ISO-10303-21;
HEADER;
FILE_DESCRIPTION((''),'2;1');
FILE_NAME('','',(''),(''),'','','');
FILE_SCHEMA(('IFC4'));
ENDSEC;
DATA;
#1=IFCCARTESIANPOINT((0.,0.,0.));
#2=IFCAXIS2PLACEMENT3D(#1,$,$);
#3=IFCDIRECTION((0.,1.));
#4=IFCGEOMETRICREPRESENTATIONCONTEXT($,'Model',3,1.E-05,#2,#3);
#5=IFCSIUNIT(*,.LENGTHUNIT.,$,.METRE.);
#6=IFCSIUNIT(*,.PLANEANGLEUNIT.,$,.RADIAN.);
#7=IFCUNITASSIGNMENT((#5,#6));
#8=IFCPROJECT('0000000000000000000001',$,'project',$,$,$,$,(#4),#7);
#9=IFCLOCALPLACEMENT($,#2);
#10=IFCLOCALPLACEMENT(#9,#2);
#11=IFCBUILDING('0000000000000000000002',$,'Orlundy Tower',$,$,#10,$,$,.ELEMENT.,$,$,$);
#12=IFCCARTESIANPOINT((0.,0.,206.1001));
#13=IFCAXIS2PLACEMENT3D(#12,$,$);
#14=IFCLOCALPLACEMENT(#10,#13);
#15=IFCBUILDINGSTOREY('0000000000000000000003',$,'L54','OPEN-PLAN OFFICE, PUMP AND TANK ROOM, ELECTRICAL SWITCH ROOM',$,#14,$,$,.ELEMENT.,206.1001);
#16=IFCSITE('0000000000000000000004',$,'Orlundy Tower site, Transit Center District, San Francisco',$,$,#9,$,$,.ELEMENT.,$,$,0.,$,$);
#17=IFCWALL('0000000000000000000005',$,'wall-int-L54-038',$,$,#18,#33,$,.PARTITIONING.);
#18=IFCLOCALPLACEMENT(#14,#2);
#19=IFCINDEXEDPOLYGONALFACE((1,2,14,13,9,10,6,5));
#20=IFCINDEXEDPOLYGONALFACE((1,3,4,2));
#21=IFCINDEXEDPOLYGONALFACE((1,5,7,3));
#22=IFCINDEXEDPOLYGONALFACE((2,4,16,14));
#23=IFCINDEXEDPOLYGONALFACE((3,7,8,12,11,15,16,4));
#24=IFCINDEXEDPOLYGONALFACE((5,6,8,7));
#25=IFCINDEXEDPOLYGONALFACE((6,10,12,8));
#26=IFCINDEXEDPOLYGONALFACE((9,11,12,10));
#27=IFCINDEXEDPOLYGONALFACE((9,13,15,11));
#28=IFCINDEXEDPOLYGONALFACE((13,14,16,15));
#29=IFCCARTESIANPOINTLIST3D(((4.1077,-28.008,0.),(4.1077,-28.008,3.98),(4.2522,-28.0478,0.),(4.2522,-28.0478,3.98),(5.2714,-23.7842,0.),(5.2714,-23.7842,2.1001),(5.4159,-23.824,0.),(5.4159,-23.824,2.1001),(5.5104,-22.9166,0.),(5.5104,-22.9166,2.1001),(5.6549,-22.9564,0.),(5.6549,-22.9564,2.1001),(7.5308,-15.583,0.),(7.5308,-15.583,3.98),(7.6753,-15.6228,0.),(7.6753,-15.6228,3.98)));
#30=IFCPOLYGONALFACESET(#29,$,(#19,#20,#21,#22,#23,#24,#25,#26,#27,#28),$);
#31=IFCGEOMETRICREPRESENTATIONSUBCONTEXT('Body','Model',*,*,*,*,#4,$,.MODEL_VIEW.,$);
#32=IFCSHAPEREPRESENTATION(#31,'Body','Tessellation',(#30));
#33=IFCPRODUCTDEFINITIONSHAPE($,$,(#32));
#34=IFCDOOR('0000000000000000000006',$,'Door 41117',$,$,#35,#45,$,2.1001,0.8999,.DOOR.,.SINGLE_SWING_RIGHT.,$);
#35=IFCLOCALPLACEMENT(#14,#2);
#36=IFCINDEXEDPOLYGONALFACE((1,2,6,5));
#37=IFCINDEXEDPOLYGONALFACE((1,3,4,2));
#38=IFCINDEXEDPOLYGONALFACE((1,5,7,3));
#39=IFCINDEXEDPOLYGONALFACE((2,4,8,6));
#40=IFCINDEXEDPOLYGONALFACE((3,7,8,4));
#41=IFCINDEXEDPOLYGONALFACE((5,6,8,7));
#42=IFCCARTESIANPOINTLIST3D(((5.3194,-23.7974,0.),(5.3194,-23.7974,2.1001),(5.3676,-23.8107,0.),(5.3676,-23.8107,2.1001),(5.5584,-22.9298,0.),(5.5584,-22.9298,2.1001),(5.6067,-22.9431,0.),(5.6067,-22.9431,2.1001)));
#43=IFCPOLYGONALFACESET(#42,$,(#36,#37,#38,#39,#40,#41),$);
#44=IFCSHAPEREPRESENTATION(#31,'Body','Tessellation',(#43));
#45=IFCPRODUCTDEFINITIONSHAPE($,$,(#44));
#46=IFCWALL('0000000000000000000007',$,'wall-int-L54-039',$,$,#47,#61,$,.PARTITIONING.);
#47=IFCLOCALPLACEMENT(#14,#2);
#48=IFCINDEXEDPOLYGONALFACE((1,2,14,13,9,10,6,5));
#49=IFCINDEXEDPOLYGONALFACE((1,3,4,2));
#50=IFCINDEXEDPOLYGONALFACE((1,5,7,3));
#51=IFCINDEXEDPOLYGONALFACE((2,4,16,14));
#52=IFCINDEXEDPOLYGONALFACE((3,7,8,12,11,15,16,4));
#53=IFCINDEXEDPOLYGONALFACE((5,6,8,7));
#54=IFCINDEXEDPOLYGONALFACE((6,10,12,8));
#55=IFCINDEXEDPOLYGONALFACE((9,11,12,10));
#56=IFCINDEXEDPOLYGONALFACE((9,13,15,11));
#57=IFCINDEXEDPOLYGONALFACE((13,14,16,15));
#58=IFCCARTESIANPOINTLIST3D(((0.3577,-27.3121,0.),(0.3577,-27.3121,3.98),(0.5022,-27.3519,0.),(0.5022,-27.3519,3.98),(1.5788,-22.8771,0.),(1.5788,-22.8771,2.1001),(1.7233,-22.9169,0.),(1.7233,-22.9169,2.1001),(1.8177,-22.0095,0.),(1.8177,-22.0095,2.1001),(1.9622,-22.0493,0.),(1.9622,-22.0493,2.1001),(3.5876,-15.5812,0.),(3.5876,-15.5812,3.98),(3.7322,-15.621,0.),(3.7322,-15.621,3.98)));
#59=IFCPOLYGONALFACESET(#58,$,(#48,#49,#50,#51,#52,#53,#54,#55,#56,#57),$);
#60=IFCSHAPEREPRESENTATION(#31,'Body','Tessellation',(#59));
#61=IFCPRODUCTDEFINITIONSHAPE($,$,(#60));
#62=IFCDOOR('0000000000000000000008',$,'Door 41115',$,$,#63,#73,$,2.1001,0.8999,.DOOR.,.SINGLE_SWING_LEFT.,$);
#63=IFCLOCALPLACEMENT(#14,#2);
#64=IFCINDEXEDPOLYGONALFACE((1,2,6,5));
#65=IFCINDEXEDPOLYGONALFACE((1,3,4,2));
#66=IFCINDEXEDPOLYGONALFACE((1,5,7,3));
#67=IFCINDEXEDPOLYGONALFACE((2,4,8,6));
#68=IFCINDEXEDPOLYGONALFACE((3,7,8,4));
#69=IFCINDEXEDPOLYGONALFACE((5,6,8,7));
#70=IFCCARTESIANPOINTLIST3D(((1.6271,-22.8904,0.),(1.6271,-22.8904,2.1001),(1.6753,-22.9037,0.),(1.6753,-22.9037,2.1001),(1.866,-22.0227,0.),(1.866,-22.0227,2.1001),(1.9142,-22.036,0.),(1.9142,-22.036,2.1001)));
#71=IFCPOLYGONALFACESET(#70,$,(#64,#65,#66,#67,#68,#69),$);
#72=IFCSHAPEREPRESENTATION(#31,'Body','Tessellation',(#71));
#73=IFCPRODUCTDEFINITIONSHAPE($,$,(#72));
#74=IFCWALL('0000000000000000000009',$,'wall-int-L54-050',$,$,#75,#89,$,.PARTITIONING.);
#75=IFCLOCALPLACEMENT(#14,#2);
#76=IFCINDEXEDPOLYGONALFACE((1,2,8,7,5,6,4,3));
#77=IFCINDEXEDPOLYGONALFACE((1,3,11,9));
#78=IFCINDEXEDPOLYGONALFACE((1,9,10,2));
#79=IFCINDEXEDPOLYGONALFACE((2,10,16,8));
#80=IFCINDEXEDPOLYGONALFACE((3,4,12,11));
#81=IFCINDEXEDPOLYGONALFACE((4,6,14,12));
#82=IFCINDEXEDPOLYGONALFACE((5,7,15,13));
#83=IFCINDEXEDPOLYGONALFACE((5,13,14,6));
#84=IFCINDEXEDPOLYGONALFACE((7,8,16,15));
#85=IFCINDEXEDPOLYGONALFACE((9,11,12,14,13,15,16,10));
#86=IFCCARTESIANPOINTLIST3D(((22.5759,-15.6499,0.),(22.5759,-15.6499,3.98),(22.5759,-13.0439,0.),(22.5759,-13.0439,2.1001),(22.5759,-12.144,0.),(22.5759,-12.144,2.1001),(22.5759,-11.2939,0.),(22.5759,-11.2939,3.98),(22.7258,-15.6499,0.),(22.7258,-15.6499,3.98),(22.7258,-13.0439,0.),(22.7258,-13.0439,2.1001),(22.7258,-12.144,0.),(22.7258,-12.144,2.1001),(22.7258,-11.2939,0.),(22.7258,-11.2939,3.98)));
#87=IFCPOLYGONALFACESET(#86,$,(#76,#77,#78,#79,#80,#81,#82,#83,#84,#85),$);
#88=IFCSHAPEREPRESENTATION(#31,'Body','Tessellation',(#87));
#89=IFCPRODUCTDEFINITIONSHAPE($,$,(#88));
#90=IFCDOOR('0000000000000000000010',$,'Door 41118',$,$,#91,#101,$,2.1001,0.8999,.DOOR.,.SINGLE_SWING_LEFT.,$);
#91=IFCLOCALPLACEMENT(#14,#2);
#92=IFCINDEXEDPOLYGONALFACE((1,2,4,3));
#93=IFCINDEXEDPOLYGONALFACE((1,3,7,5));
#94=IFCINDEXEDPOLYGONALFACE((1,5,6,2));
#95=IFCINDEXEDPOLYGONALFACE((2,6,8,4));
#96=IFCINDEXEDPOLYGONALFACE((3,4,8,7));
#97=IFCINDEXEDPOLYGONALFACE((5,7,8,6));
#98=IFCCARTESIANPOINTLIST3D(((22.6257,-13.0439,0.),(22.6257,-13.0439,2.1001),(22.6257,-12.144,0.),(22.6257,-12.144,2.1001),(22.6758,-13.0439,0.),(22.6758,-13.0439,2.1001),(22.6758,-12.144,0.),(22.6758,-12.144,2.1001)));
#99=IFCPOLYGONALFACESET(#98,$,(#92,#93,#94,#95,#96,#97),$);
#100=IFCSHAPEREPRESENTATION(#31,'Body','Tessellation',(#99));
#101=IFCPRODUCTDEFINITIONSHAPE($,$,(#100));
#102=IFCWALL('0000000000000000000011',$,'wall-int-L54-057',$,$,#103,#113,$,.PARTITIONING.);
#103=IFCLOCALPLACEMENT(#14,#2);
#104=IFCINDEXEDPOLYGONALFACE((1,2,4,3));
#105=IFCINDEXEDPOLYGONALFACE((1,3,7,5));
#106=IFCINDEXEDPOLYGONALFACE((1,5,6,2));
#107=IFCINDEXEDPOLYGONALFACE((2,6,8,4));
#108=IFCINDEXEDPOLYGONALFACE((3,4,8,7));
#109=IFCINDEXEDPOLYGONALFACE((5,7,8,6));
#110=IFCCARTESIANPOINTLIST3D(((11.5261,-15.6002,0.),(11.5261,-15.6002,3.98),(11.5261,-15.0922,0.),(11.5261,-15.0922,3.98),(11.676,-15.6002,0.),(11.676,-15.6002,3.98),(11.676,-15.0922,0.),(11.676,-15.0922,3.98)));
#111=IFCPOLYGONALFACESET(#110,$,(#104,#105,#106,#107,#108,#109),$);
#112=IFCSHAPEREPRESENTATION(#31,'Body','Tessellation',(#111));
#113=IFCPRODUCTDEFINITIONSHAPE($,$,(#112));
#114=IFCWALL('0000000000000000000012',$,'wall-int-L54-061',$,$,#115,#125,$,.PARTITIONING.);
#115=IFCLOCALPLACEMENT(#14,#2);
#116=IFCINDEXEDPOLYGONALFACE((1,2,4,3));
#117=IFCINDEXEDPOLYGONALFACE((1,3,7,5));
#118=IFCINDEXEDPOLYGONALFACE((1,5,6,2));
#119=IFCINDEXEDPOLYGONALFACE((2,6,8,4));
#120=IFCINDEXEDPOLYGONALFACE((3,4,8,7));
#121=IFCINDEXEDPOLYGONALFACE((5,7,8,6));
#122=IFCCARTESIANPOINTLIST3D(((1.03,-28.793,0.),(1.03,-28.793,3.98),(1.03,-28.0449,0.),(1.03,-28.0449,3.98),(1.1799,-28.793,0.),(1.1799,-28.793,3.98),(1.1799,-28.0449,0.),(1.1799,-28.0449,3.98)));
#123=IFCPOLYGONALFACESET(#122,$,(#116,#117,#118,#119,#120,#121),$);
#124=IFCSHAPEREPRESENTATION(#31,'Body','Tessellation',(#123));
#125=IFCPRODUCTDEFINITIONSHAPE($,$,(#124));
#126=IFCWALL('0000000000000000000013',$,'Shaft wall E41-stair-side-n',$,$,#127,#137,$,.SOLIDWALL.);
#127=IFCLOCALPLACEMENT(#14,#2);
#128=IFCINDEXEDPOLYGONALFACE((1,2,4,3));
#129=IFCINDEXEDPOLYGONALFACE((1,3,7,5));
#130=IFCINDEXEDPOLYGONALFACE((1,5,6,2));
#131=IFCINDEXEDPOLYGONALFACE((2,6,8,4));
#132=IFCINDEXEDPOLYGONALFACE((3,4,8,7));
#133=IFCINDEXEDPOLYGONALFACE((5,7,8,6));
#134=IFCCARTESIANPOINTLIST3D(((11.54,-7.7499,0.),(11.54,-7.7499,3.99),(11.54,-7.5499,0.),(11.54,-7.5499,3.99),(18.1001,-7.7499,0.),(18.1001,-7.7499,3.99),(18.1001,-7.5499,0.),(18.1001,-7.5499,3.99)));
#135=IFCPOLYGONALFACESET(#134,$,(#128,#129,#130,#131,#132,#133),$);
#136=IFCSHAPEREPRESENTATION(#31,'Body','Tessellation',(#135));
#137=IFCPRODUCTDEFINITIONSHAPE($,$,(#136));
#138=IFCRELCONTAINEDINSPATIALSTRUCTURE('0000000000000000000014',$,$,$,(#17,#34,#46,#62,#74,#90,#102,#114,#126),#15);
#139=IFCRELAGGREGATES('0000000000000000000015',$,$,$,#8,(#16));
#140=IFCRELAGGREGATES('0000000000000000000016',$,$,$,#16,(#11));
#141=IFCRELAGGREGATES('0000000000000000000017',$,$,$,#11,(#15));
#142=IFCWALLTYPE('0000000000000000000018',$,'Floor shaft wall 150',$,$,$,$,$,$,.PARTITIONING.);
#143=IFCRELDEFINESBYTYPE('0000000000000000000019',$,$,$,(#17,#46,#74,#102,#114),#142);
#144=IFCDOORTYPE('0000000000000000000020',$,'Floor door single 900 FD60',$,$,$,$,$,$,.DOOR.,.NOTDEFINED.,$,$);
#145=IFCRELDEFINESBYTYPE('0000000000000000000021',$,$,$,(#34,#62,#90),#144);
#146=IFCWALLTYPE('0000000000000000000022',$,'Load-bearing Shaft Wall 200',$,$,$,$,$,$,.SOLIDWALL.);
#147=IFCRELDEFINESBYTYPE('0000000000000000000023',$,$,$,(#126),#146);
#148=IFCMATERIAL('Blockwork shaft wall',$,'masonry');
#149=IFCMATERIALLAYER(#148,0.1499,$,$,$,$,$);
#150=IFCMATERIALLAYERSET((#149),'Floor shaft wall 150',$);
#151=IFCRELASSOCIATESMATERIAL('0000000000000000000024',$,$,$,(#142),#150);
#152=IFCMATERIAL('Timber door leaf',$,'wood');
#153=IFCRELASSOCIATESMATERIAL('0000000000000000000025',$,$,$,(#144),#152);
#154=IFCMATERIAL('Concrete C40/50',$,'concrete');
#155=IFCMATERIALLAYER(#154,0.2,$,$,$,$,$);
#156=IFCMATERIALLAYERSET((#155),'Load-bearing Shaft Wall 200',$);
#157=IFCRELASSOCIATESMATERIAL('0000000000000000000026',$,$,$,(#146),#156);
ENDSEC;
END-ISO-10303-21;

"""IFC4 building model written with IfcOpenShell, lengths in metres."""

from ifc_helpers import new_model, si_unit, direction, frame, frame_2d, origin, place, context, subcontext, project, spatial, rectangle, extrude, material, layer, layer_set, type_object, element, fill, save


model = new_model("IFC4")

# Units and contexts
model_context = context("Model", 3, precision=1e-05, world=origin(), true_north=direction((0.0, 1.0)))
body_context = subcontext(model_context, "Body", "Model", "MODEL_VIEW")
ifc_project = project(units=[si_unit("LENGTHUNIT", "METRE"), si_unit("PLANEANGLEUNIT", "RADIAN")], contexts=[model_context])

# Site, building, storey
site_placement = place(None, origin())
site = spatial("IfcSite", under=ifc_project, at=site_placement, Name="Orlundy Tower site, Transit Center District, San Francisco", CompositionType="ELEMENT", RefElevation=0.0)
building_placement = place(site_placement, origin())
building = spatial("IfcBuilding", under=site, at=building_placement, Name="Orlundy Tower", CompositionType="ELEMENT")
storey_placement = place(building_placement, frame((0.0, 0.0, 206.1001)))
storey = spatial("IfcBuildingStorey", under=building, at=storey_placement, Name="L54", Description="OPEN-PLAN OFFICE, PUMP AND TANK ROOM, ELECTRICAL SWITCH ROOM", CompositionType="ELEMENT", Elevation=206.1001)

# Shared definitions
ifc_material_1 = material(Name="Blockwork shaft wall", Category="masonry")
ifc_layer_1 = layer(ifc_material_1, 0.1499)
ifc_layer_set_1 = layer_set([ifc_layer_1], Name="Floor shaft wall 150")
wall_type_1 = type_object("IfcWallType", Name="Floor shaft wall 150", PredefinedType="PARTITIONING", material=ifc_layer_set_1)

# Walls, openings, doors
wall_1_placement = place(storey_placement, frame((7.603, -15.603, 0.0), z_axis=(0.0, 0.0, 1.0), x_axis=(-0.265604, -0.964082, 0.0)))
wall_1 = element("IfcWall", 1, at=wall_1_placement, inside=storey, type_object=wall_type_1, Name="wall-int-L54-038", PredefinedType="PARTITIONING", context=body_context, shape_type="SweptSolid", body=[
    extrude(rectangle(XDim=12.8879, YDim=0.1499, at=frame_2d((6.4438, 0.0))), origin(), (0.0, 0.0, 1.0), 3.98),
])
opening_1_placement = place(wall_1_placement, frame((7.6067, 0.0, 0.0)))
opening_1 = element("IfcOpeningElement", 2, at=opening_1_placement, cuts=wall_1, PredefinedType="OPENING", context=body_context, shape_type="SweptSolid", body=[
    extrude(rectangle(XDim=0.8999, YDim=2.1001, at=frame_2d((0.45, 1.05))), frame((0.0, 0.085, 0.0), z_axis=(0.0, -1.0, 0.0), x_axis=(1.0, 0.0, 0.0)), (0.0, 0.0, 1.0), 0.1699),
])
ifc_material_2 = material(Name="Timber door leaf", Category="wood")
door_type = type_object("IfcDoorType", Name="Floor door single 900 FD60", OperationType="NOTDEFINED", PredefinedType="DOOR", material=ifc_material_2)
door_1_placement = place(opening_1_placement, origin())
door_1 = element("IfcDoor", 3, at=door_1_placement, inside=storey, type_object=door_type, Name="Door 41117", OperationType="SINGLE_SWING_RIGHT", OverallHeight=2.1001, OverallWidth=0.8999, PredefinedType="DOOR", context=body_context, shape_type="SweptSolid", body=[
    extrude(rectangle(XDim=0.8999, YDim=2.1001, at=frame_2d((0.45, 1.05))), frame((0.0, 0.0249, 0.0), z_axis=(0.0, -1.0, 0.0), x_axis=(1.0, 0.0, 0.0)), (0.0, 0.0, 1.0), 0.05),
])
fill(opening_1, door_1)
wall_2_placement = place(storey_placement, frame((0.4299, -27.332, 0.0), z_axis=(0.0, 0.0, 1.0), x_axis=(0.26546, 0.964122, 0.0)))
wall_2 = element("IfcWall", 4, at=wall_2_placement, inside=storey, type_object=wall_type_1, Name="wall-int-L54-039", PredefinedType="PARTITIONING", context=body_context, shape_type="SweptSolid", body=[
    extrude(rectangle(XDim=12.1675, YDim=0.1499, at=frame_2d((6.0837, 0.0))), origin(), (0.0, 0.0, 1.0), 3.98),
])
opening_2_placement = place(wall_2_placement, frame((4.6001, 0.0, 0.0)))
opening_2 = element("IfcOpeningElement", 5, at=opening_2_placement, cuts=wall_2, PredefinedType="OPENING", context=body_context, shape_type="SweptSolid", body=[
    extrude(rectangle(XDim=0.8999, YDim=2.1001, at=frame_2d((0.45, 1.05))), frame((0.0, 0.085, 0.0), z_axis=(0.0, -1.0, 0.0), x_axis=(1.0, 0.0, 0.0)), (0.0, 0.0, 1.0), 0.1699),
])
door_2_placement = place(opening_2_placement, origin())
door_2 = element("IfcDoor", 6, at=door_2_placement, inside=storey, type_object=door_type, Name="Door 41115", OperationType="SINGLE_SWING_LEFT", OverallHeight=2.1001, OverallWidth=0.8999, PredefinedType="DOOR", context=body_context, shape_type="SweptSolid", body=[
    extrude(rectangle(XDim=0.8999, YDim=2.1001, at=frame_2d((0.45, 1.05))), frame((0.0, 0.0249, 0.0), z_axis=(0.0, -1.0, 0.0), x_axis=(1.0, 0.0, 0.0)), (0.0, 0.0, 1.0), 0.05),
])
fill(opening_2, door_2)
wall_3_placement = place(storey_placement, frame((22.6509, -11.2939, 0.0), z_axis=(0.0, 0.0, 1.0), x_axis=(0.0, -1.0, 0.0)))
wall_3 = element("IfcWall", 7, at=wall_3_placement, inside=storey, type_object=wall_type_1, Name="wall-int-L54-050", PredefinedType="PARTITIONING", context=body_context, shape_type="SweptSolid", body=[
    extrude(rectangle(XDim=4.356, YDim=0.1499, at=frame_2d((2.178, 0.0))), origin(), (0.0, 0.0, 1.0), 3.98),
])
opening_3_placement = place(wall_3_placement, frame((0.8501, 0.0, 0.0)))
opening_3 = element("IfcOpeningElement", 8, at=opening_3_placement, cuts=wall_3, PredefinedType="OPENING", context=body_context, shape_type="SweptSolid", body=[
    extrude(rectangle(XDim=0.8999, YDim=2.1001, at=frame_2d((0.45, 1.05))), frame((0.0, 0.085, 0.0), z_axis=(0.0, -1.0, 0.0), x_axis=(1.0, 0.0, 0.0)), (0.0, 0.0, 1.0), 0.1699),
])
door_3_placement = place(opening_3_placement, origin())
door_3 = element("IfcDoor", 9, at=door_3_placement, inside=storey, type_object=door_type, Name="Door 41118", OperationType="SINGLE_SWING_LEFT", OverallHeight=2.1001, OverallWidth=0.8999, PredefinedType="DOOR", context=body_context, shape_type="SweptSolid", body=[
    extrude(rectangle(XDim=0.8999, YDim=2.1001, at=frame_2d((0.45, 1.05))), frame((0.0, 0.0249, 0.0), z_axis=(0.0, -1.0, 0.0), x_axis=(1.0, 0.0, 0.0)), (0.0, 0.0, 1.0), 0.05),
])
fill(opening_3, door_3)

# Walls
wall_4_placement = place(storey_placement, frame((11.6011, -15.6001, 0.0), z_axis=(0.0, 0.0, 1.0), x_axis=(0.0, 1.0, 0.0)))
element("IfcWall", 10, at=wall_4_placement, inside=storey, type_object=wall_type_1, Name="wall-int-L54-057", PredefinedType="PARTITIONING", context=body_context, shape_type="SweptSolid", body=[
    extrude(rectangle(XDim=0.5081, YDim=0.1499, at=frame_2d((0.2539, 0.0))), origin(), (0.0, 0.0, 1.0), 3.98),
])
wall_5_placement = place(storey_placement, frame((1.105, -28.793, 0.0), z_axis=(0.0, 0.0, 1.0), x_axis=(0.0, 1.0, 0.0)))
element("IfcWall", 11, at=wall_5_placement, inside=storey, type_object=wall_type_1, Name="wall-int-L54-061", PredefinedType="PARTITIONING", context=body_context, shape_type="SweptSolid", body=[
    extrude(rectangle(XDim=0.748, YDim=0.1499, at=frame_2d((0.374, 0.0))), origin(), (0.0, 0.0, 1.0), 3.98),
])
ifc_material_3 = material(Name="Concrete C40/50", Category="concrete")
ifc_layer_2 = layer(ifc_material_3, 0.2)
ifc_layer_set_2 = layer_set([ifc_layer_2], Name="Load-bearing Shaft Wall 200")
wall_type_2 = type_object("IfcWallType", Name="Load-bearing Shaft Wall 200", PredefinedType="SOLIDWALL", material=ifc_layer_set_2)
wall_6_placement = place(storey_placement, frame((11.54, -7.6499, 0.0), z_axis=(0.0, 0.0, 1.0), x_axis=(1.0, 0.0, 0.0)))
element("IfcWall", 12, at=wall_6_placement, inside=storey, type_object=wall_type_2, Name="Shaft wall E41-stair-side-n", PredefinedType="SOLIDWALL", context=body_context, shape_type="SweptSolid", body=[
    extrude(rectangle(XDim=6.5601, YDim=0.2, at=frame_2d((3.28, 0.0))), origin(), (0.0, 0.0, 1.0), 3.99),
])

save(model, "model.ifc")
